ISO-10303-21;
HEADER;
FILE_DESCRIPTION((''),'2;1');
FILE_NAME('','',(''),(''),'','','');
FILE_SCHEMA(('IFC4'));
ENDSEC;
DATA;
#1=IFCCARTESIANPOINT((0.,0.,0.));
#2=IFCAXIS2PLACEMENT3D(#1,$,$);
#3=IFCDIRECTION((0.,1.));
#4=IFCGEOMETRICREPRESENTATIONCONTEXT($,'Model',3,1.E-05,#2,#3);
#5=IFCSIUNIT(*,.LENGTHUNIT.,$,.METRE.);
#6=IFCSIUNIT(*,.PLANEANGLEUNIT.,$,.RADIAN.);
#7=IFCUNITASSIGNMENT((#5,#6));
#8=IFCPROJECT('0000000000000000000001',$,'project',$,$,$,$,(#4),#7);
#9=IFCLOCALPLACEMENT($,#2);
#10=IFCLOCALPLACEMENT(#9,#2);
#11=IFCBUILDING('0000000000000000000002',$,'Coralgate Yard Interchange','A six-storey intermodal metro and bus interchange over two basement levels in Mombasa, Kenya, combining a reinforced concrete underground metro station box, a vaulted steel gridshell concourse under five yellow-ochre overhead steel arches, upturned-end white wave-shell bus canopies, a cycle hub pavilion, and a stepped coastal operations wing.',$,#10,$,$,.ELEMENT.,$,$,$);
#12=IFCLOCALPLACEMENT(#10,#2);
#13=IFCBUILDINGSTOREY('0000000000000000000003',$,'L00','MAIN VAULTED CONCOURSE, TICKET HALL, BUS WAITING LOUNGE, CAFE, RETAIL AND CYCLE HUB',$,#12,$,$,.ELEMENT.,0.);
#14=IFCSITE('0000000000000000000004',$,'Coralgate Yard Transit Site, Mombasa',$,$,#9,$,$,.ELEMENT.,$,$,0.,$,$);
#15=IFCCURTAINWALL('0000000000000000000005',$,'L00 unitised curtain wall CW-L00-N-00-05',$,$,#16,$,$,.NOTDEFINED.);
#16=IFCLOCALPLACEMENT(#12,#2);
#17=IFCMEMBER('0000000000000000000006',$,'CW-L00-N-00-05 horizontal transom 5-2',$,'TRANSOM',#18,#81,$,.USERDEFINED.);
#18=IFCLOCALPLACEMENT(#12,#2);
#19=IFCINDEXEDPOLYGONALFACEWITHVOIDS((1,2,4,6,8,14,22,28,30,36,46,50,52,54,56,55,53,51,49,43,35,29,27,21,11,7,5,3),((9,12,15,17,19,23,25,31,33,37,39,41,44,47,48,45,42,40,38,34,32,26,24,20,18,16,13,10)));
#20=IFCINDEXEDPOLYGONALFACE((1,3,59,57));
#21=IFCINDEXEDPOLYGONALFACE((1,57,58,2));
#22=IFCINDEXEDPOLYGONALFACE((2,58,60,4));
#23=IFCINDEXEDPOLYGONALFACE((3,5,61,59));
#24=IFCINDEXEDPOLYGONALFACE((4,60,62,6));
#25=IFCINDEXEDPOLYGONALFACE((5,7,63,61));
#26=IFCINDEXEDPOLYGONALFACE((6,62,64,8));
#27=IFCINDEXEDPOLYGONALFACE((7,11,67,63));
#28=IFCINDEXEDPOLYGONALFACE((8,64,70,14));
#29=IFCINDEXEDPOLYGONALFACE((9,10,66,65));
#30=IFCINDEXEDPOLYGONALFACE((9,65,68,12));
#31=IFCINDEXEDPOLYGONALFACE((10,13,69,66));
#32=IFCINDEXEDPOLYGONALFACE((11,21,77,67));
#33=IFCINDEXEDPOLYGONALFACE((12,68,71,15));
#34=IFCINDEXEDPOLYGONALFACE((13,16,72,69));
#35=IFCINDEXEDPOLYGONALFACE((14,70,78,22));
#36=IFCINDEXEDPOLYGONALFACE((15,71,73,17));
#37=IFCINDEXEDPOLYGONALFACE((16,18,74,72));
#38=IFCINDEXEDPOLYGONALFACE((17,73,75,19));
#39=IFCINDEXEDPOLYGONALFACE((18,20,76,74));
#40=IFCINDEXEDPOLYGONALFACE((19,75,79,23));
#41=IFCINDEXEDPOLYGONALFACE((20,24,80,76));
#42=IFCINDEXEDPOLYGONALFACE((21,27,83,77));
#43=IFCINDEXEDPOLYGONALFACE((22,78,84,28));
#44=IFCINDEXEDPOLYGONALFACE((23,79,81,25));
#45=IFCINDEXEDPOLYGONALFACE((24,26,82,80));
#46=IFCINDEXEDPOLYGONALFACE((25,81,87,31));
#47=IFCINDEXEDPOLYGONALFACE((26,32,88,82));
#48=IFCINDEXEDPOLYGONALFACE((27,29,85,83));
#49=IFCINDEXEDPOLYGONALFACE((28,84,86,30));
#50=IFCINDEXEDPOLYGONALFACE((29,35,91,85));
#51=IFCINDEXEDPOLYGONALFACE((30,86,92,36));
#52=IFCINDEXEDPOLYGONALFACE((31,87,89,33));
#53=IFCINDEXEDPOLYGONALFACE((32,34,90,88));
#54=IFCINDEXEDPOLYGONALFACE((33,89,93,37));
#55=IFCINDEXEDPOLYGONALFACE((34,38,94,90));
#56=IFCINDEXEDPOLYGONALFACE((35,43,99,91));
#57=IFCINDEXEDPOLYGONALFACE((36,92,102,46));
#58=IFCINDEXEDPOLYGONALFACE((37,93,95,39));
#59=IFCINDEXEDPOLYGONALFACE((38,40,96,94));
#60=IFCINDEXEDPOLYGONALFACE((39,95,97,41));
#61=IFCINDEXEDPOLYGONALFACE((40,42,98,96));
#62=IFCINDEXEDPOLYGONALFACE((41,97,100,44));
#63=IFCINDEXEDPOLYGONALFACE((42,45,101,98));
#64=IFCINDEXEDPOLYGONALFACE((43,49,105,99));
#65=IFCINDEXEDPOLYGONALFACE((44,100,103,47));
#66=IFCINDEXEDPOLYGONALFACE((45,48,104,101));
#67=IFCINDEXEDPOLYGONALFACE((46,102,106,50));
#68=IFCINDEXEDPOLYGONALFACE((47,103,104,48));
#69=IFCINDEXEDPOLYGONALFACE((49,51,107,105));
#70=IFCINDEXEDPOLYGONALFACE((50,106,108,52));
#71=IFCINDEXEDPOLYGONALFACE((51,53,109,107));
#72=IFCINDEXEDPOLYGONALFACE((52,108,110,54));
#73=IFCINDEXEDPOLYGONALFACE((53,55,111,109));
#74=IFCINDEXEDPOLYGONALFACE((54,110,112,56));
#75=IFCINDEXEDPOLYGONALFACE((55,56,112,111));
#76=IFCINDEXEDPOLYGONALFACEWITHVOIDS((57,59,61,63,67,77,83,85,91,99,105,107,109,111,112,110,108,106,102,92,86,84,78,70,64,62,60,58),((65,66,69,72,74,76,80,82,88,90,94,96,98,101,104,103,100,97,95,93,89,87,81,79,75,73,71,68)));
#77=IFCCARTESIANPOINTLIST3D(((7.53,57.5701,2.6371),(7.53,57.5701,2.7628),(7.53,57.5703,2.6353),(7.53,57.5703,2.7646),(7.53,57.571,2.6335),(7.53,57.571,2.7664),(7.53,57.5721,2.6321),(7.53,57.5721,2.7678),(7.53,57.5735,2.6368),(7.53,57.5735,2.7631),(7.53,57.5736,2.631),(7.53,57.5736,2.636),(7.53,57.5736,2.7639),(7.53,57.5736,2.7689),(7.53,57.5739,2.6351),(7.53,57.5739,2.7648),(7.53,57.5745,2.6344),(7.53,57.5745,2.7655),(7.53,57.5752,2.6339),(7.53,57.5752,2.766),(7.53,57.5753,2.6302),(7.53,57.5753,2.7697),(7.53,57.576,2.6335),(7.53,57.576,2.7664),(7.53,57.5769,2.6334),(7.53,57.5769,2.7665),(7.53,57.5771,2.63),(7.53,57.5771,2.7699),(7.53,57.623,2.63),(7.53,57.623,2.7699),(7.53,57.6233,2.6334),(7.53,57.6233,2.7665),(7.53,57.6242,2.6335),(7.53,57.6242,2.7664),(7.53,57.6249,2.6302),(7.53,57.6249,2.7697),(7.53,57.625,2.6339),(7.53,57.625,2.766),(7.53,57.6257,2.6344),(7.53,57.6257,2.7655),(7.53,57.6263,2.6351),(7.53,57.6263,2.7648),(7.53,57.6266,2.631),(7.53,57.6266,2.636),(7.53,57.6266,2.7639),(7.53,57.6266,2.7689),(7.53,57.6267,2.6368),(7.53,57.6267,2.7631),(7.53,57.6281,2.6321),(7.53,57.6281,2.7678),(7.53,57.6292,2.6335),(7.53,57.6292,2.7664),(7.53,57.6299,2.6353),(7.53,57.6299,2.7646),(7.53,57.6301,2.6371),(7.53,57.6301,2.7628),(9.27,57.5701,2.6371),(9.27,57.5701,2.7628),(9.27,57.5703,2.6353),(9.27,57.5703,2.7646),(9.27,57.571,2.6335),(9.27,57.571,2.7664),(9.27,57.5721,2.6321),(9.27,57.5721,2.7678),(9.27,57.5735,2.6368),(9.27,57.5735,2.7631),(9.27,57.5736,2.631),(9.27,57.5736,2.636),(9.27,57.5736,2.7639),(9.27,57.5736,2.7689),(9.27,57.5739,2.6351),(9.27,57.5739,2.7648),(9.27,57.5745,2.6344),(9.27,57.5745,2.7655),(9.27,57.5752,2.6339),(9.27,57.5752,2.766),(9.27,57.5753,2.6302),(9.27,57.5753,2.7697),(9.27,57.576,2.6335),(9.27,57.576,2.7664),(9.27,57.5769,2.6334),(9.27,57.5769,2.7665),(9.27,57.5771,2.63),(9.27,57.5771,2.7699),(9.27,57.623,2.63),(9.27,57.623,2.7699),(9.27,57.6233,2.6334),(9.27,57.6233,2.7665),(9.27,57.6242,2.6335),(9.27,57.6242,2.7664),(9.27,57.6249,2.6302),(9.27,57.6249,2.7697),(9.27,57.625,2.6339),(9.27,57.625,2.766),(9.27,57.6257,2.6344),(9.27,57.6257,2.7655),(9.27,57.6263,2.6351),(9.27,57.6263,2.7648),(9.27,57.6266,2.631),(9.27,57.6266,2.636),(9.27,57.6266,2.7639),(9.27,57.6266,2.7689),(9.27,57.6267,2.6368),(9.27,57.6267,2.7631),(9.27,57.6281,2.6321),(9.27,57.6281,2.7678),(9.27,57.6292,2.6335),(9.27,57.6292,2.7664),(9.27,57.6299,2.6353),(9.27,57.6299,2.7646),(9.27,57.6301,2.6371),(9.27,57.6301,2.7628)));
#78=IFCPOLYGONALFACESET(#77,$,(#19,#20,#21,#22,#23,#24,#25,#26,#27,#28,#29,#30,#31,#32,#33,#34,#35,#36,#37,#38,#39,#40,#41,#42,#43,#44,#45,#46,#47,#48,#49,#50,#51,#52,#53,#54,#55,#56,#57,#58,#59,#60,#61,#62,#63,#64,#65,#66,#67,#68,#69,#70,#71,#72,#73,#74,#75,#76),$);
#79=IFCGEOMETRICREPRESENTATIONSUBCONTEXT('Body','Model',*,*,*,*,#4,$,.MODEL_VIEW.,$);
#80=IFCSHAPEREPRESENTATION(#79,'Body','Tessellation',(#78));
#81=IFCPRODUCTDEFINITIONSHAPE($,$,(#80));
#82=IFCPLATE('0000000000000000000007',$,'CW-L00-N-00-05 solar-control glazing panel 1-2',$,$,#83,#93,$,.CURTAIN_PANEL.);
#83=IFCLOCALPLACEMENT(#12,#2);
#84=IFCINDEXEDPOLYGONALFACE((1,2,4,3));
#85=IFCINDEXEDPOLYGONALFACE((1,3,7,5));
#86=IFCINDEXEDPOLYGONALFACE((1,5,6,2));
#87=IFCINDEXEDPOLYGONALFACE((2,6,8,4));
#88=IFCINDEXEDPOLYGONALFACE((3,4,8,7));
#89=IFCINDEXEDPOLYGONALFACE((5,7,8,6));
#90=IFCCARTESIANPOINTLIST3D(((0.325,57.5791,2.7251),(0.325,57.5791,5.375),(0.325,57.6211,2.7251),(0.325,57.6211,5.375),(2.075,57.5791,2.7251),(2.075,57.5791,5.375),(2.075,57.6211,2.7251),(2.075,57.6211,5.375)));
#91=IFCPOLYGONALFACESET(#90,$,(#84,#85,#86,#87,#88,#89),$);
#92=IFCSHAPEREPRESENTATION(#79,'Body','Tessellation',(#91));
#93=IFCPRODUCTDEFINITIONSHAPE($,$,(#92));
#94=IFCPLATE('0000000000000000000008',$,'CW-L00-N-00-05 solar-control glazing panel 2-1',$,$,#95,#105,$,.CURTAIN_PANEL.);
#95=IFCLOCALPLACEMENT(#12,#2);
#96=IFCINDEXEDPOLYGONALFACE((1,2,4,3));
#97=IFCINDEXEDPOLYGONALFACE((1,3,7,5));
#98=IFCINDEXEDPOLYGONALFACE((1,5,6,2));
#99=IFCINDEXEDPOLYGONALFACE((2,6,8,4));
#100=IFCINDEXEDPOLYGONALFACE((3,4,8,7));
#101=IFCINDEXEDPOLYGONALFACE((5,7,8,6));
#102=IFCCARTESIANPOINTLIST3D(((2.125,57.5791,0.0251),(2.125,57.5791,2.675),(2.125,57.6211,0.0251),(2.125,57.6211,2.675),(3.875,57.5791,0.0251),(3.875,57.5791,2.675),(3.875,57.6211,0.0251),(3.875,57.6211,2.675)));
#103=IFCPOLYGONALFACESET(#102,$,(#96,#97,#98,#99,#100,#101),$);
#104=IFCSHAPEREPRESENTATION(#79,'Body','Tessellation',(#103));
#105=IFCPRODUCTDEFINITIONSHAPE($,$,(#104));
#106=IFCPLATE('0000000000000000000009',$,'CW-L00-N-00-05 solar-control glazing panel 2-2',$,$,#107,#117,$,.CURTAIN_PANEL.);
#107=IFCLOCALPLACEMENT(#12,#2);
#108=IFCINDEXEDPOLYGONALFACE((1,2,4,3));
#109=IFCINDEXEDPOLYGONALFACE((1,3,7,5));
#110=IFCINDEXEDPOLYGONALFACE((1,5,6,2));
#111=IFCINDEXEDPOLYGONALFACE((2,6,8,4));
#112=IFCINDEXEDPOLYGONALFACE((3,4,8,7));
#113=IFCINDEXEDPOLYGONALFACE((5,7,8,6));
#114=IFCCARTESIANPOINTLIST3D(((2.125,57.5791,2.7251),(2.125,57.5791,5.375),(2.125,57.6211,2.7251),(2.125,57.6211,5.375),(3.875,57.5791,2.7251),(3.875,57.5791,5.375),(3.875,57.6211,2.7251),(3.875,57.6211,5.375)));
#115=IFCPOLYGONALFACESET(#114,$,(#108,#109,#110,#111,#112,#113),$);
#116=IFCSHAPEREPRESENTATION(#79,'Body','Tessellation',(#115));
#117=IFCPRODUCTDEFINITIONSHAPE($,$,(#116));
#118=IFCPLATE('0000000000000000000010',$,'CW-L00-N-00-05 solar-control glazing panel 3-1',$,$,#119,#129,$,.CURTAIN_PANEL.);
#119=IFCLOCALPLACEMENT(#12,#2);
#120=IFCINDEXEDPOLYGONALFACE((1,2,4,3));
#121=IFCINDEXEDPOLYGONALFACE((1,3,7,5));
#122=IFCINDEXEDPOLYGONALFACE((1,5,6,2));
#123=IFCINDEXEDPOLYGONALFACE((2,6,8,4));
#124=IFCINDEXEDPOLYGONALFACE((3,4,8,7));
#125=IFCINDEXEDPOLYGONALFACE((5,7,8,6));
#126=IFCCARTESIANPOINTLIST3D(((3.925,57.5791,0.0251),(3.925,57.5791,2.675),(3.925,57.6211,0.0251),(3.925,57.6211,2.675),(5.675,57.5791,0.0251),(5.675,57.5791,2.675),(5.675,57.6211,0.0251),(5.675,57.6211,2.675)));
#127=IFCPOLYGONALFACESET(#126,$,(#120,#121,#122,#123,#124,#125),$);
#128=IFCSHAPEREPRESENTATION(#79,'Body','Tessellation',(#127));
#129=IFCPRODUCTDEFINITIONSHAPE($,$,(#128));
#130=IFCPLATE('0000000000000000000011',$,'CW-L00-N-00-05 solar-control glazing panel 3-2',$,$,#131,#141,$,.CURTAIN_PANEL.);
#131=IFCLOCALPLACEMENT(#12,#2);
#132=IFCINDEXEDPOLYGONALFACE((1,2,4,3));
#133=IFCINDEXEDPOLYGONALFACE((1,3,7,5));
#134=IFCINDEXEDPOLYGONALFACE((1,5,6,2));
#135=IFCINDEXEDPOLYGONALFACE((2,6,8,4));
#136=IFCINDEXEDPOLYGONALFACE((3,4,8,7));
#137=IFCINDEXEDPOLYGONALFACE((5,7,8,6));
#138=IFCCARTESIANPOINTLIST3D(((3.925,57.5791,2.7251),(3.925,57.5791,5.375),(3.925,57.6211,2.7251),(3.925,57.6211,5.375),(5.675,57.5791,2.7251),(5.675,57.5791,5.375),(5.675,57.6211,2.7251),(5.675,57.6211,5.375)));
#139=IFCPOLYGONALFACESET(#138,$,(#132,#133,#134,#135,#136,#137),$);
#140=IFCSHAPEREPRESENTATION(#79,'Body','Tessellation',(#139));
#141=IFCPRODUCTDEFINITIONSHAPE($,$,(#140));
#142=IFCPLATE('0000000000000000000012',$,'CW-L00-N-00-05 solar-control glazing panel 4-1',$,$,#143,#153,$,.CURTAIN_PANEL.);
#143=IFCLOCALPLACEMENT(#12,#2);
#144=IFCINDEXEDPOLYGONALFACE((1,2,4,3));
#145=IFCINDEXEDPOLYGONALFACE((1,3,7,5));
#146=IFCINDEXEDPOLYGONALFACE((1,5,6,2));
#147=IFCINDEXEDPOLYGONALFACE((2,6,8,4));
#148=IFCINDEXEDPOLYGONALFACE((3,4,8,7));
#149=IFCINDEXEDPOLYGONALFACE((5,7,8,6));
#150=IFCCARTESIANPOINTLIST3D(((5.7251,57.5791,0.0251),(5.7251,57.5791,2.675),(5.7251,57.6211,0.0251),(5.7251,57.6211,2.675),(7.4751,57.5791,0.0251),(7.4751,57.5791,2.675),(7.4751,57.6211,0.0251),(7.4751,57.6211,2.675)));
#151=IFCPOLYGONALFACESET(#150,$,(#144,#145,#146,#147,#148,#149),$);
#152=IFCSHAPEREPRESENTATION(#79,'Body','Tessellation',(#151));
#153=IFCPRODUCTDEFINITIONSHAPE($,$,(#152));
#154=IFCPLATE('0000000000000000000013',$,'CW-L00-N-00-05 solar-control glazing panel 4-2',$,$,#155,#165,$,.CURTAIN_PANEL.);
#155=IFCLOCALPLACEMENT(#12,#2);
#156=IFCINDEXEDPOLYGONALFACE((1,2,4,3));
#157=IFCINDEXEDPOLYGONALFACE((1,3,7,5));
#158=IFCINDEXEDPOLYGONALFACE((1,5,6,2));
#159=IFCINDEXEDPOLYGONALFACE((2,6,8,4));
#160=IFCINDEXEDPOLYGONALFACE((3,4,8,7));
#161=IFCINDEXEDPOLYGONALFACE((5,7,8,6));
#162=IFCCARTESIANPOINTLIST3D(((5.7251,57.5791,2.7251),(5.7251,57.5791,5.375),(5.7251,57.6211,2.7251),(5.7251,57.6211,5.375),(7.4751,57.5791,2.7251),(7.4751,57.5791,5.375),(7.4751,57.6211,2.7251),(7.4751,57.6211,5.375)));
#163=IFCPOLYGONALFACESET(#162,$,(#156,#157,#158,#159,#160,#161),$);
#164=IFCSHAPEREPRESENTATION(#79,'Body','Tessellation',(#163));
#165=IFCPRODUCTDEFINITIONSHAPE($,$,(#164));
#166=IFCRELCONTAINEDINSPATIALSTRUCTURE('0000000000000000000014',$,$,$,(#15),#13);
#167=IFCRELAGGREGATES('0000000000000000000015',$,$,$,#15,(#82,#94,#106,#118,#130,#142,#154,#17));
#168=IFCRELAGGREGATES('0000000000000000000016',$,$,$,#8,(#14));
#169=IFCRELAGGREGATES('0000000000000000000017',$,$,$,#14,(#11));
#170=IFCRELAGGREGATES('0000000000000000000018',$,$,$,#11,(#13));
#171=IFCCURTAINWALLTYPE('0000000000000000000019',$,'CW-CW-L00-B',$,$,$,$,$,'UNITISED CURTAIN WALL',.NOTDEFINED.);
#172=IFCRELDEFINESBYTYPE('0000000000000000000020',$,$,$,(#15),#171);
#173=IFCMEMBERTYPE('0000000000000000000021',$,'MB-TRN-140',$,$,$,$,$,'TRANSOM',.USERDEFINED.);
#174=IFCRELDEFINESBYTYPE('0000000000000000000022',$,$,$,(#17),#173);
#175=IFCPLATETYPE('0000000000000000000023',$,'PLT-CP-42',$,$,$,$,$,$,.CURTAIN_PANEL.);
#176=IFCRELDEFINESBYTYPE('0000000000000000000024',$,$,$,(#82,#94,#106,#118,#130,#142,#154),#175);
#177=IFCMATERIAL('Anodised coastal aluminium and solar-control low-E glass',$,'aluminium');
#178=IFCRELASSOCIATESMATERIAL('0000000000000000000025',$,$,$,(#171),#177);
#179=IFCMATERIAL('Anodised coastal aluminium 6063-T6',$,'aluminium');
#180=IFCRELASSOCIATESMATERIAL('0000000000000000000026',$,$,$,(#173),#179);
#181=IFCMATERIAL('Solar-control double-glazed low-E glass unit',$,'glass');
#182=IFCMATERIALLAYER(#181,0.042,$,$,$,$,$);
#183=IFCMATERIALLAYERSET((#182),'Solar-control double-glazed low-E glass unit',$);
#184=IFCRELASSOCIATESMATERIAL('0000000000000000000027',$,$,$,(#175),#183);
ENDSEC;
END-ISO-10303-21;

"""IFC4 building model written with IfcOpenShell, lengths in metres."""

from ifc_helpers import new_model, si_unit, direction, frame, origin, origin_2d, place, context, subcontext, project, spatial, rectangle, hollow_rectangle, extrude, material, layer, layer_set, material_profile, profile_set, type_object, element, aggregate, save


model = new_model("IFC4")

# Units and contexts
model_context = context("Model", 3, precision=1e-05, world=origin(), true_north=direction((0.0, 1.0)))
body_context = subcontext(model_context, "Body", "Model", "MODEL_VIEW")
ifc_project = project(units=[si_unit("LENGTHUNIT", "METRE"), si_unit("PLANEANGLEUNIT", "RADIAN")], contexts=[model_context])

# Site, building, storey
site_placement = place(None, origin())
site = spatial("IfcSite", under=ifc_project, at=site_placement, Name="Coralgate Yard Transit Site, Mombasa", CompositionType="ELEMENT", RefElevation=0.0)
building_placement = place(site_placement, origin())
building = spatial("IfcBuilding", under=site, at=building_placement, Name="Coralgate Yard Interchange", Description="A six-storey intermodal metro and bus interchange over two basement levels in Mombasa, Kenya, combining a reinforced concrete underground metro station box, a vaulted steel gridshell concourse under five yellow-ochre overhead steel arches, upturned-end white wave-shell bus canopies, a cycle hub pavilion, and a stepped coastal operations wing.", CompositionType="ELEMENT")
storey_placement = place(building_placement, origin())
storey = spatial("IfcBuildingStorey", under=building, at=storey_placement, Name="L00", Description="MAIN VAULTED CONCOURSE, TICKET HALL, BUS WAITING LOUNGE, CAFE, RETAIL AND CYCLE HUB", CompositionType="ELEMENT", Elevation=0.0)

# Curtain wall, member, plates
ifc_material_1 = material(Name="Anodised coastal aluminium and solar-control low-E glass", Category="aluminium")
curtain_wall_type = type_object("IfcCurtainWallType", Name="CW-CW-L00-B", ElementType="UNITISED CURTAIN WALL", PredefinedType="NOTDEFINED", material=ifc_material_1)
curtain_wall_placement = place(storey_placement, origin())
curtain_wall = element("IfcCurtainWall", 1, at=curtain_wall_placement, inside=storey, type_object=curtain_wall_type, Name="L00 unitised curtain wall CW-L00-N-00-05", PredefinedType="NOTDEFINED")
ifc_material_2 = material(Name="Anodised coastal aluminium 6063-T6", Category="aluminium")
ifc_material_profile_1 = material_profile(ifc_material_2, hollow_rectangle(XDim=0.0601, YDim=0.1399, WallThickness=0.0034, InnerFilletRadius=0.0034, OuterFilletRadius=0.0071, at=origin_2d()), Name="ALU 60x140x3.5")
ifc_profile_set_1 = profile_set([ifc_material_profile_1], Name="Anodised coastal aluminium 6063-T6")
member_type_1 = type_object("IfcMemberType", Name="MB-TRN-140", ElementType="TRANSOM", PredefinedType="USERDEFINED", material=ifc_profile_set_1)
member_1_placement = place(storey_placement, frame((7.53, 57.6001, 2.7), z_axis=(1.0, 0.0, 0.0), x_axis=(0.0, 1.0, 0.0)))
member_1 = element("IfcMember", 2, at=member_1_placement, type_object=member_type_1, Name="CW-L00-N-00-05 horizontal transom 5-2", ObjectType="TRANSOM", PredefinedType="USERDEFINED", context=body_context, shape_type="SweptSolid", body=[
    extrude(hollow_rectangle(XDim=0.0601, YDim=0.1399, WallThickness=0.0034, InnerFilletRadius=0.0034, OuterFilletRadius=0.0071, at=origin_2d()), origin(), (0.0, 0.0, 1.0), 1.74),
])
ifc_material_3 = material(Name="Solar-control double-glazed low-E glass unit", Category="glass")
ifc_layer = layer(ifc_material_3, 0.042)
ifc_layer_set = layer_set([ifc_layer], Name="Solar-control double-glazed low-E glass unit")
plate_type = type_object("IfcPlateType", Name="PLT-CP-42", PredefinedType="CURTAIN_PANEL", material=ifc_layer_set)
plate_1_placement = place(storey_placement, frame((1.2, 57.6001, 2.7251), z_axis=(0.0, 0.0, 1.0), x_axis=(1.0, 0.0, 0.0)))
plate_1 = element("IfcPlate", 3, at=plate_1_placement, type_object=plate_type, Name="CW-L00-N-00-05 solar-control glazing panel 1-2", PredefinedType="CURTAIN_PANEL", context=body_context, shape_type="SweptSolid", body=[
    extrude(rectangle(XDim=1.75, YDim=0.042, at=origin_2d()), origin(), (0.0, 0.0, 1.0), 2.6499),
])
plate_2_placement = place(storey_placement, frame((3.0, 57.6001, 0.0251), z_axis=(0.0, 0.0, 1.0), x_axis=(1.0, 0.0, 0.0)))
plate_2 = element("IfcPlate", 4, at=plate_2_placement, type_object=plate_type, Name="CW-L00-N-00-05 solar-control glazing panel 2-1", PredefinedType="CURTAIN_PANEL", context=body_context, shape_type="SweptSolid", body=[
    extrude(rectangle(XDim=1.75, YDim=0.042, at=origin_2d()), origin(), (0.0, 0.0, 1.0), 2.6499),
])
plate_3_placement = place(storey_placement, frame((3.0, 57.6001, 2.7251), z_axis=(0.0, 0.0, 1.0), x_axis=(1.0, 0.0, 0.0)))
plate_3 = element("IfcPlate", 5, at=plate_3_placement, type_object=plate_type, Name="CW-L00-N-00-05 solar-control glazing panel 2-2", PredefinedType="CURTAIN_PANEL", context=body_context, shape_type="SweptSolid", body=[
    extrude(rectangle(XDim=1.75, YDim=0.042, at=origin_2d()), origin(), (0.0, 0.0, 1.0), 2.6499),
])
plate_4_placement = place(storey_placement, frame((4.8, 57.6001, 0.0251), z_axis=(0.0, 0.0, 1.0), x_axis=(1.0, 0.0, 0.0)))
plate_4 = element("IfcPlate", 6, at=plate_4_placement, type_object=plate_type, Name="CW-L00-N-00-05 solar-control glazing panel 3-1", PredefinedType="CURTAIN_PANEL", context=body_context, shape_type="SweptSolid", body=[
    extrude(rectangle(XDim=1.75, YDim=0.042, at=origin_2d()), origin(), (0.0, 0.0, 1.0), 2.6499),
])
plate_5_placement = place(storey_placement, frame((4.8, 57.6001, 2.7251), z_axis=(0.0, 0.0, 1.0), x_axis=(1.0, 0.0, 0.0)))
plate_5 = element("IfcPlate", 7, at=plate_5_placement, type_object=plate_type, Name="CW-L00-N-00-05 solar-control glazing panel 3-2", PredefinedType="CURTAIN_PANEL", context=body_context, shape_type="SweptSolid", body=[
    extrude(rectangle(XDim=1.75, YDim=0.042, at=origin_2d()), origin(), (0.0, 0.0, 1.0), 2.6499),
])
plate_6_placement = place(storey_placement, frame((6.6001, 57.6001, 0.0251), z_axis=(0.0, 0.0, 1.0), x_axis=(1.0, 0.0, 0.0)))
plate_6 = element("IfcPlate", 8, at=plate_6_placement, type_object=plate_type, Name="CW-L00-N-00-05 solar-control glazing panel 4-1", PredefinedType="CURTAIN_PANEL", context=body_context, shape_type="SweptSolid", body=[
    extrude(rectangle(XDim=1.75, YDim=0.042, at=origin_2d()), origin(), (0.0, 0.0, 1.0), 2.6499),
])
plate_7_placement = place(storey_placement, frame((6.6001, 57.6001, 2.7251), z_axis=(0.0, 0.0, 1.0), x_axis=(1.0, 0.0, 0.0)))
plate_7 = element("IfcPlate", 9, at=plate_7_placement, type_object=plate_type, Name="CW-L00-N-00-05 solar-control glazing panel 4-2", PredefinedType="CURTAIN_PANEL", context=body_context, shape_type="SweptSolid", body=[
    extrude(rectangle(XDim=1.75, YDim=0.042, at=origin_2d()), origin(), (0.0, 0.0, 1.0), 2.6499),
])
aggregate(curtain_wall, [plate_1, plate_2, plate_3, plate_4, plate_5, plate_6, plate_7, member_1])

save(model, "model.ifc")
